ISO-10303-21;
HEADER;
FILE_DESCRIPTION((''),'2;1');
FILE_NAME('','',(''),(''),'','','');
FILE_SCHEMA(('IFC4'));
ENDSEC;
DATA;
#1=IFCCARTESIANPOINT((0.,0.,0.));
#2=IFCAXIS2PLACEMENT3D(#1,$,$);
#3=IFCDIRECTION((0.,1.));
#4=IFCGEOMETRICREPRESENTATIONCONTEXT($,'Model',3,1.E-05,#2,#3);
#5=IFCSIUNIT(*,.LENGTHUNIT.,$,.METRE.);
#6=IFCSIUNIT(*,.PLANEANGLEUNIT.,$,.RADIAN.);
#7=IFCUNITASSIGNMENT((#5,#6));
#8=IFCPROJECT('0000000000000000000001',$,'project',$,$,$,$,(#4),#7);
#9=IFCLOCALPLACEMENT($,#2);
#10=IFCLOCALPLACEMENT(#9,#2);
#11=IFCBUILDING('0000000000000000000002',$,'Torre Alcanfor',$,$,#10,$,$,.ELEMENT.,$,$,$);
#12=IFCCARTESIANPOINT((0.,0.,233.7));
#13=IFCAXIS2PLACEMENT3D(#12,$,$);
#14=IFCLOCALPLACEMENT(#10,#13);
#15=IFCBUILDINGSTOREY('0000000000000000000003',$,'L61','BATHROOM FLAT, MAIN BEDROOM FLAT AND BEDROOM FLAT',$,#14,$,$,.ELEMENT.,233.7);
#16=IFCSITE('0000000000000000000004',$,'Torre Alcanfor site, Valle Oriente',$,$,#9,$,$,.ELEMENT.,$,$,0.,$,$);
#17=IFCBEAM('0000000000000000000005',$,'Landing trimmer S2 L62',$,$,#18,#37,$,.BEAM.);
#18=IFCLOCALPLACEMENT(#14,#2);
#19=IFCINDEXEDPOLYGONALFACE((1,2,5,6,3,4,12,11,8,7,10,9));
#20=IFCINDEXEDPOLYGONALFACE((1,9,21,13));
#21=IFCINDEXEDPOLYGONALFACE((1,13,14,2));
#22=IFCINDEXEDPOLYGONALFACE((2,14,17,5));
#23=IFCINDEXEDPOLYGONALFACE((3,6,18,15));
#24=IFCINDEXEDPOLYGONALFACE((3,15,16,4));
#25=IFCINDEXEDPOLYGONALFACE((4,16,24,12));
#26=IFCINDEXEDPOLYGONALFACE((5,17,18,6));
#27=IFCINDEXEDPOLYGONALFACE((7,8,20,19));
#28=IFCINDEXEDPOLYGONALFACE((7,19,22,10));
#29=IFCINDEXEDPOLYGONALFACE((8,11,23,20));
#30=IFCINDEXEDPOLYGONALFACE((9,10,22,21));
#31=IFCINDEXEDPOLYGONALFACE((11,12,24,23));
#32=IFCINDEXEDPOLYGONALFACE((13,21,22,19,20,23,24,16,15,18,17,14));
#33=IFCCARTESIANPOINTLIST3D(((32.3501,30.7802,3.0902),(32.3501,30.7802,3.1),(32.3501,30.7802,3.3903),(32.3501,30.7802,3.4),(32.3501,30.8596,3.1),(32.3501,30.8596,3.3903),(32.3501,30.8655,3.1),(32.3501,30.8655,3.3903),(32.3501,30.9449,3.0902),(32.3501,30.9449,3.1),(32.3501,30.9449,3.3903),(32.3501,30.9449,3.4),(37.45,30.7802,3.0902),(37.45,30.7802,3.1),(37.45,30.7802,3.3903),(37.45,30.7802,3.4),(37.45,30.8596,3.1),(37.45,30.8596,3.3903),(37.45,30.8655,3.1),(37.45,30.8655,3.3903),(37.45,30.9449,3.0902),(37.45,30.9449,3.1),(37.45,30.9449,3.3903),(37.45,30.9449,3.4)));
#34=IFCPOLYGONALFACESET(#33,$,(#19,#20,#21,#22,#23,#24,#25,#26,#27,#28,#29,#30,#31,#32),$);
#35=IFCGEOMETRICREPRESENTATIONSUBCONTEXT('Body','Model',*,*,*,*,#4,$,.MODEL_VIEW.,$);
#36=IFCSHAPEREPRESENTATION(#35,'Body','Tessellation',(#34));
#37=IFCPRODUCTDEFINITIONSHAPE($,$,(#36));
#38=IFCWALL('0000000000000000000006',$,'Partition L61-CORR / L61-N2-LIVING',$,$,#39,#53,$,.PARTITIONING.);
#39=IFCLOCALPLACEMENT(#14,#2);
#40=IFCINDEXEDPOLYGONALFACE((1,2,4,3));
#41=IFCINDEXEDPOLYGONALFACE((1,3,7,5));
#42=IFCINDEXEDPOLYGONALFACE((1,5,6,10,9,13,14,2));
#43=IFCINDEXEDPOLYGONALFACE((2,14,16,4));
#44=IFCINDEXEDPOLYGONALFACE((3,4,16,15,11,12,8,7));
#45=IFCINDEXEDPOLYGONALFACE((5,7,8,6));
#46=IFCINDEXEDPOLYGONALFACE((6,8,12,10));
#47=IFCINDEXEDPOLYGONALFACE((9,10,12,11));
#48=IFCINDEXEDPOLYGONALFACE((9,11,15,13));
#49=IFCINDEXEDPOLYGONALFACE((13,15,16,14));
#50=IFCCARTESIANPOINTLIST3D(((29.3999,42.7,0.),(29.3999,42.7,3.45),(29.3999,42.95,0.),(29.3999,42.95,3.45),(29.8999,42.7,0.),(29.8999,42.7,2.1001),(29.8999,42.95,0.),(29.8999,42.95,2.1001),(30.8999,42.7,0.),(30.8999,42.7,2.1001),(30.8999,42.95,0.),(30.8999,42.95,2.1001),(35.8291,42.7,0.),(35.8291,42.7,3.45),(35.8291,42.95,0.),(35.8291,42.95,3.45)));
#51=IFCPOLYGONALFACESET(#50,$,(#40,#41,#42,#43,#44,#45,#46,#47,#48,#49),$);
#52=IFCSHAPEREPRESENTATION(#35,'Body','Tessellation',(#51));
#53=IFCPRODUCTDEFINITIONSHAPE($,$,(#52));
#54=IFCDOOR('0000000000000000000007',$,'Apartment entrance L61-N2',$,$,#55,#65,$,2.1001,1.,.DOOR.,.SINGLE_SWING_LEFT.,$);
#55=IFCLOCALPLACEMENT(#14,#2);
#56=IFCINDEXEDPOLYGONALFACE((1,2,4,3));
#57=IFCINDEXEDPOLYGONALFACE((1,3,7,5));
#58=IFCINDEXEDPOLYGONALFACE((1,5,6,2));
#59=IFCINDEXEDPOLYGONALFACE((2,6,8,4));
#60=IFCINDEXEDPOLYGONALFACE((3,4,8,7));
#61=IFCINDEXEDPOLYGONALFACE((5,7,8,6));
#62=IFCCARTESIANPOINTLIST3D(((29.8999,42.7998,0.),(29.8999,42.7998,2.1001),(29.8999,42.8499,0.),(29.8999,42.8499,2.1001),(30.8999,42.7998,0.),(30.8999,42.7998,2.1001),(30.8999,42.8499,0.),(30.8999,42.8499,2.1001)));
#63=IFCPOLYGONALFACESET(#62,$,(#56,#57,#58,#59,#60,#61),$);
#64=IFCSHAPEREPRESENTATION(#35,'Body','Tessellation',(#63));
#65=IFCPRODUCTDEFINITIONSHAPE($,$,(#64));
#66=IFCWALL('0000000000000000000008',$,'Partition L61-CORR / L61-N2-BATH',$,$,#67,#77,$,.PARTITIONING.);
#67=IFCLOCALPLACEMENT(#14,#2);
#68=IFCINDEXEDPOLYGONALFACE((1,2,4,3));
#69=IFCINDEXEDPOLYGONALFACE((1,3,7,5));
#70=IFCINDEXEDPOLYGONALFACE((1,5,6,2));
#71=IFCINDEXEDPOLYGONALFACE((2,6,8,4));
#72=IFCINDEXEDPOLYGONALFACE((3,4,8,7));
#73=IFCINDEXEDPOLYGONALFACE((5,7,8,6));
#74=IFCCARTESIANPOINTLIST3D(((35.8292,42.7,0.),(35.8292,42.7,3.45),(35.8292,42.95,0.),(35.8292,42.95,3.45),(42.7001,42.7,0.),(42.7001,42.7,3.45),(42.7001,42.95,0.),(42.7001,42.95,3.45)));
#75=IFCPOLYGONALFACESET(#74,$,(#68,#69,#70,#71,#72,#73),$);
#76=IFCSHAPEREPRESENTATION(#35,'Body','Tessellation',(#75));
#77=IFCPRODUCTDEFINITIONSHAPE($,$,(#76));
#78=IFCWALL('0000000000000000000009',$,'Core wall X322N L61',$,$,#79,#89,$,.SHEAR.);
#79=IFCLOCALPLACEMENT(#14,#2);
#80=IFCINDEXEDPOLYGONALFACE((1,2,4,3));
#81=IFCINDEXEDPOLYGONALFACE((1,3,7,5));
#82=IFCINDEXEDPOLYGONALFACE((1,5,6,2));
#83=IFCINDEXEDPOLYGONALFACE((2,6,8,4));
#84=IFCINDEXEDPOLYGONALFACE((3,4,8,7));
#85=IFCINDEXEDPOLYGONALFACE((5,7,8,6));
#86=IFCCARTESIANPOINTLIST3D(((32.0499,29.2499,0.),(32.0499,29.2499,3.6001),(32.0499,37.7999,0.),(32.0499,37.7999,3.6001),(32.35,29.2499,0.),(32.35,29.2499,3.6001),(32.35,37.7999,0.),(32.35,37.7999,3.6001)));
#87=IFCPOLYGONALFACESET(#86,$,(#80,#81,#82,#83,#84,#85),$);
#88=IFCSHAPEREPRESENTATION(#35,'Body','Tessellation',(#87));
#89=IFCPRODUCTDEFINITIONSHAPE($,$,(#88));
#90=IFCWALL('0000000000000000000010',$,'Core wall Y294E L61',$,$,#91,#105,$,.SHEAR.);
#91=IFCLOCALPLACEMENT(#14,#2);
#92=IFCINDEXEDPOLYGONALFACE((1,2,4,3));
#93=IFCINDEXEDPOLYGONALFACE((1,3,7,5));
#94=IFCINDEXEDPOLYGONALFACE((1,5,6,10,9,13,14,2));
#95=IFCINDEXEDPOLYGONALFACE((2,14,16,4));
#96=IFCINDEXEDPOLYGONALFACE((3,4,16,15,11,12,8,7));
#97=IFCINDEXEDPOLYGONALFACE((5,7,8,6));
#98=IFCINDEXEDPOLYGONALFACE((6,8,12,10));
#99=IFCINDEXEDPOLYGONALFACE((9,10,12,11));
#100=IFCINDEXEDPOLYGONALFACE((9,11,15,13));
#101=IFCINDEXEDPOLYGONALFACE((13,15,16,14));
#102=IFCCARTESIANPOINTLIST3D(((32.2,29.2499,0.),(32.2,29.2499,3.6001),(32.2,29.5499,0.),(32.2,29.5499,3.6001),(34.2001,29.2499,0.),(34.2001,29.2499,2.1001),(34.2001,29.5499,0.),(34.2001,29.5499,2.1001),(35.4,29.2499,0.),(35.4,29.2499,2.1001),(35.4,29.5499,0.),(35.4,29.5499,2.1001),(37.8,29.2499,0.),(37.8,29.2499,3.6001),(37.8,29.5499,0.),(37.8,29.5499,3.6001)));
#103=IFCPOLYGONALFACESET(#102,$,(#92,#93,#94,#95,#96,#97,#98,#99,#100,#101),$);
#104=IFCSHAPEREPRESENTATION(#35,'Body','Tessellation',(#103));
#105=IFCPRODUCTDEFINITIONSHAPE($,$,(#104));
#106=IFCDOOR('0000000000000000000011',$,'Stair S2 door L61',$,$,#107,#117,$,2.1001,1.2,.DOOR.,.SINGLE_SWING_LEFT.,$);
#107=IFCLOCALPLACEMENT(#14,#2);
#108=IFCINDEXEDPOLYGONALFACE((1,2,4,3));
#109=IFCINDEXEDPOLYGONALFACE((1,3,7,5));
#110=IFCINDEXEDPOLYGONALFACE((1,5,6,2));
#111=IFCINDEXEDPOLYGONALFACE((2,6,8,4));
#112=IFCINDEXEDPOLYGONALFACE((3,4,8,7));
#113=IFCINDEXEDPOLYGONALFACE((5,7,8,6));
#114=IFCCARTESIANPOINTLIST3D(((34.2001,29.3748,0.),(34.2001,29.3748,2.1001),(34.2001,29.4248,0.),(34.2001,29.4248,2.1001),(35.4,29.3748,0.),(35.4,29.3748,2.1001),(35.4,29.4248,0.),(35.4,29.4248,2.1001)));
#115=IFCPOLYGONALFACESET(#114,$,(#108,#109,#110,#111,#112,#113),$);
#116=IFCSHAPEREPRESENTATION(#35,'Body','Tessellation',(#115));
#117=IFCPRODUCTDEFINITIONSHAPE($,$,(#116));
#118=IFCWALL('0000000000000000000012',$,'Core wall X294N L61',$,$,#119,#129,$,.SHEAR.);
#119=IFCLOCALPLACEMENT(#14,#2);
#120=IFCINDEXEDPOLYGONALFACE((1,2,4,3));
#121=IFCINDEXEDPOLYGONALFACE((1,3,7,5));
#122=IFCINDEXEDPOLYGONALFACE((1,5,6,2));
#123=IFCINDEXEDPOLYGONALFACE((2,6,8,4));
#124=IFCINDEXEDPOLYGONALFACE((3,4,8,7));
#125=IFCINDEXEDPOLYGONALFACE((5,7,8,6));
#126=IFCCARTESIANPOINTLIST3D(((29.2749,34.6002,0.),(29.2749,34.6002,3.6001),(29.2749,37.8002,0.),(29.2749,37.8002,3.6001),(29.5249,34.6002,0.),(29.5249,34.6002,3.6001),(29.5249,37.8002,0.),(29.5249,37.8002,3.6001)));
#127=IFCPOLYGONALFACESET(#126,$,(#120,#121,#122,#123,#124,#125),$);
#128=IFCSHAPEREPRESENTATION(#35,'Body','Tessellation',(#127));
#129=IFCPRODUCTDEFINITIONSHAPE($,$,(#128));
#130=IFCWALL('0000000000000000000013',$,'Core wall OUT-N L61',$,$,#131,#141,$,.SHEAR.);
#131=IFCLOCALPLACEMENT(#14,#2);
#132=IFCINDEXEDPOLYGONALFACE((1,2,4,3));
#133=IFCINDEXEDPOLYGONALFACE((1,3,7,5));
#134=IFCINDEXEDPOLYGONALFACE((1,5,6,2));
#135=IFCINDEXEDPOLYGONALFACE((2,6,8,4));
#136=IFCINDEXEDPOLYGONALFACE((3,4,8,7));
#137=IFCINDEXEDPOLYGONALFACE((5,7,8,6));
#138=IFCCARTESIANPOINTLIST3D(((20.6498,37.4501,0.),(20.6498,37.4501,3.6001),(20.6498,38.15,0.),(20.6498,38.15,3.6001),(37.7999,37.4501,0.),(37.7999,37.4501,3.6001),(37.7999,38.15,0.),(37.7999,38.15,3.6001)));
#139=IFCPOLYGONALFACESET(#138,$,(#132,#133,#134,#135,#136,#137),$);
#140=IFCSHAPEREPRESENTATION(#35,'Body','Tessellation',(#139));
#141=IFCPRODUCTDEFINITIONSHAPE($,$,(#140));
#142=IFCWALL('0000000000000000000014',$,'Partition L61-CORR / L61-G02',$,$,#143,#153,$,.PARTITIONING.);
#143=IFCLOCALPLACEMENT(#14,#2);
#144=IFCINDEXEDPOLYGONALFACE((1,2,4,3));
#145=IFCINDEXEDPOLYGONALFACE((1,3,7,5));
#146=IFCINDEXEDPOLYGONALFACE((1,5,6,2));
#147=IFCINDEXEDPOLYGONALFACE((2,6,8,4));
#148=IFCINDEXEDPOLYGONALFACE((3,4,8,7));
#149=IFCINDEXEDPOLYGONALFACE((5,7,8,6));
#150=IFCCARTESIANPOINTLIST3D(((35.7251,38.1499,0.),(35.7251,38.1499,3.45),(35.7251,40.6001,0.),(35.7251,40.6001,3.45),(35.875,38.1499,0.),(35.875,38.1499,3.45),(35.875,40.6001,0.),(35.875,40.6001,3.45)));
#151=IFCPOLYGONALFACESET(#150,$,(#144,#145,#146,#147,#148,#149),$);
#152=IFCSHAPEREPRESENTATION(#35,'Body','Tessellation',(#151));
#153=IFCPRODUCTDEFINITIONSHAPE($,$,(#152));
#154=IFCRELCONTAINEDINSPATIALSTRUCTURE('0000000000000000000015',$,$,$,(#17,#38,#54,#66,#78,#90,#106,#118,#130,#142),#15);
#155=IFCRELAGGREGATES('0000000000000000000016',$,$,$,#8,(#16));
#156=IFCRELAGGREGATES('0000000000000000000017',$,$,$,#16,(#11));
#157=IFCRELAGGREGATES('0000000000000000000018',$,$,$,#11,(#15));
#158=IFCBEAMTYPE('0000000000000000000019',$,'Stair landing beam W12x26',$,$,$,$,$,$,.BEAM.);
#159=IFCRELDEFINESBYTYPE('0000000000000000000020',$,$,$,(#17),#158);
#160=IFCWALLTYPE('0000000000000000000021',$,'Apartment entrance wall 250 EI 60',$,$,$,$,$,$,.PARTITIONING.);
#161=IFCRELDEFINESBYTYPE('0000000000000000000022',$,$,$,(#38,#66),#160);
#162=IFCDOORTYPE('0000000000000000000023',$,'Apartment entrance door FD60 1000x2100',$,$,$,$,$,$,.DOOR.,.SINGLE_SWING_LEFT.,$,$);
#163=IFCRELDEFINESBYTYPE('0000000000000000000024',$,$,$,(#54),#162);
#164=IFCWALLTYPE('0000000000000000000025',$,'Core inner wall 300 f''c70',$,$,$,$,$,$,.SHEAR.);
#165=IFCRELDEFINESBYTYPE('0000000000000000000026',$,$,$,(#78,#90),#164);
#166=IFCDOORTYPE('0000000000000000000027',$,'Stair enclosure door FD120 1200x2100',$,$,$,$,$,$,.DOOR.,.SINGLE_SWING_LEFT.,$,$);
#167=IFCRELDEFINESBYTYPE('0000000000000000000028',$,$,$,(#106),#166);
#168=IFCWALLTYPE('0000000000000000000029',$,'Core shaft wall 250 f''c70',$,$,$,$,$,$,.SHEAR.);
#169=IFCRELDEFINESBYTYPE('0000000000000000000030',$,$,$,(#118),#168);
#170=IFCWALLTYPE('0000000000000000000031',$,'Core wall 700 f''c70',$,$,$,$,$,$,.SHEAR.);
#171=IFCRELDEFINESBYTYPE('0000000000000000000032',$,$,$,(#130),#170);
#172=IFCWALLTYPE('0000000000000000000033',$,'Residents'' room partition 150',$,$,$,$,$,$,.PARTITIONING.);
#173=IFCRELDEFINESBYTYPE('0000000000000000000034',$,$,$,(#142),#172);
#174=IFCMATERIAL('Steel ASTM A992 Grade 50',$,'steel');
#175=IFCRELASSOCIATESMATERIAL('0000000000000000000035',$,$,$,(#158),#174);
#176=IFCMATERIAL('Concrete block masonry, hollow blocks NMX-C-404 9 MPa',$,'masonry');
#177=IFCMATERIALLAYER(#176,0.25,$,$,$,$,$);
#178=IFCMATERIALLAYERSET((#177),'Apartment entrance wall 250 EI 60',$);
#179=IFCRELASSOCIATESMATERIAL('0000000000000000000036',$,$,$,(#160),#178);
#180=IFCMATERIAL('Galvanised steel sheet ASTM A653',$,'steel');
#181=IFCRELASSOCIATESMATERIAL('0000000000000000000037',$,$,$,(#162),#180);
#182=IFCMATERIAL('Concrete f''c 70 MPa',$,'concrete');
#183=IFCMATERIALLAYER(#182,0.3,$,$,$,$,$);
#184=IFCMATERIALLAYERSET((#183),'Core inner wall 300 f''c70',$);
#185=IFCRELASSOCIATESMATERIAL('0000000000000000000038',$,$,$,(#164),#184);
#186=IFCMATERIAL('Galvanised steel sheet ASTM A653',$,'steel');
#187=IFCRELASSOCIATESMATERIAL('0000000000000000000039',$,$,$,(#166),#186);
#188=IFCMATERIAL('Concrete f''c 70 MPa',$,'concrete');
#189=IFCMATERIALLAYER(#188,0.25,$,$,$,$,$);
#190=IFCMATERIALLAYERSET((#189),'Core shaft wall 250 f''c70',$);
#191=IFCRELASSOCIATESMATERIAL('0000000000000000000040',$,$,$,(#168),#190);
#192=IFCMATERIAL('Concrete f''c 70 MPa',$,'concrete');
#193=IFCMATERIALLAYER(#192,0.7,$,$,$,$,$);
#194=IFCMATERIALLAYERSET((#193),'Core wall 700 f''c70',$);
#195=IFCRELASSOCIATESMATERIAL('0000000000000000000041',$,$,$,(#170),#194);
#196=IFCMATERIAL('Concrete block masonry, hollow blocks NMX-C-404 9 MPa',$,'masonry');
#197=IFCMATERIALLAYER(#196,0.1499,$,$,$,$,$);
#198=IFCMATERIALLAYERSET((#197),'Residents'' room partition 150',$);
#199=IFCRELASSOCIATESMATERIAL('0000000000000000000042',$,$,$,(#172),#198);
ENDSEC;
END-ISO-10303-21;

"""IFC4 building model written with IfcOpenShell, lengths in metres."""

from ifc_helpers import new_model, si_unit, direction, frame, frame_2d, origin, origin_2d, place, context, subcontext, project, spatial, rectangle, i_section, extrude, material, layer, layer_set, material_profile, profile_set, type_object, element, fill, save


model = new_model("IFC4")

# Units and contexts
model_context = context("Model", 3, precision=1e-05, world=origin(), true_north=direction((0.0, 1.0)))
body_context = subcontext(model_context, "Body", "Model", "MODEL_VIEW")
ifc_project = project(units=[si_unit("LENGTHUNIT", "METRE"), si_unit("PLANEANGLEUNIT", "RADIAN")], contexts=[model_context])

# Site, building, storey
site_placement = place(None, origin())
site = spatial("IfcSite", under=ifc_project, at=site_placement, Name="Torre Alcanfor site, Valle Oriente", CompositionType="ELEMENT", RefElevation=0.0)
building_placement = place(site_placement, origin())
building = spatial("IfcBuilding", under=site, at=building_placement, Name="Torre Alcanfor", CompositionType="ELEMENT")
storey_placement = place(building_placement, frame((0.0, 0.0, 233.7)))
storey = spatial("IfcBuildingStorey", under=building, at=storey_placement, Name="L61", Description="BATHROOM FLAT, MAIN BEDROOM FLAT AND BEDROOM FLAT", CompositionType="ELEMENT", Elevation=233.7)

# Beam
ifc_material_1 = material(Name="Steel ASTM A992 Grade 50", Category="steel")
ifc_material_profile_1 = material_profile(ifc_material_1, i_section(OverallWidth=0.1648, OverallDepth=0.3098, WebThickness=0.0059, FlangeThickness=0.0098, at=origin_2d()), Name="W12x26")
ifc_profile_set_1 = profile_set([ifc_material_profile_1], Name="Steel ASTM A992 Grade 50")
beam_type_1 = type_object("IfcBeamType", Name="Stair landing beam W12x26", PredefinedType="BEAM", material=ifc_profile_set_1)
beam_1_placement = place(storey_placement, frame((32.3501, 30.8625, 3.2451), z_axis=(1.0, 0.0, 0.0), x_axis=(0.0, 1.0, 0.0)))
element("IfcBeam", 1, at=beam_1_placement, inside=storey, type_object=beam_type_1, Name="Landing trimmer S2 L62", PredefinedType="BEAM", context=body_context, shape_type="SweptSolid", body=[
    extrude(i_section(OverallWidth=0.1648, OverallDepth=0.3098, WebThickness=0.0059, FlangeThickness=0.0098, at=origin_2d()), origin(), (0.0, 0.0, 1.0), 5.0999),
])

# Wall, opening, door
ifc_material_2 = material(Name="Concrete block masonry, hollow blocks NMX-C-404 9 MPa", Category="masonry")
ifc_layer_1 = layer(ifc_material_2, 0.25)
ifc_layer_set_1 = layer_set([ifc_layer_1], Name="Apartment entrance wall 250 EI 60")
wall_type_1 = type_object("IfcWallType", Name="Apartment entrance wall 250 EI 60", PredefinedType="PARTITIONING", material=ifc_layer_set_1)
wall_1_placement = place(storey_placement, frame((29.3999, 42.825, 0.0), z_axis=(0.0, 0.0, 1.0), x_axis=(1.0, 0.0, 0.0)))
wall_1 = element("IfcWall", 2, at=wall_1_placement, inside=storey, type_object=wall_type_1, Name="Partition L61-CORR / L61-N2-LIVING", PredefinedType="PARTITIONING", context=body_context, shape_type="SweptSolid", body=[
    extrude(rectangle(XDim=6.4292, YDim=0.25, at=frame_2d((3.2146, 0.0))), origin(), (0.0, 0.0, 1.0), 3.45),
])
opening_1_placement = place(wall_1_placement, frame((0.5, 0.0, 0.0)))
opening_1 = element("IfcOpeningElement", 3, at=opening_1_placement, cuts=wall_1, PredefinedType="OPENING", context=body_context, shape_type="SweptSolid", body=[
    extrude(rectangle(XDim=1.0, YDim=2.1001, at=frame_2d((0.5, 1.05))), frame((0.0, 0.135, 0.0), z_axis=(0.0, -1.0, 0.0), x_axis=(1.0, 0.0, 0.0)), (0.0, 0.0, 1.0), 0.27),
])
ifc_material_3 = material(Name="Galvanised steel sheet ASTM A653", Category="steel")
door_type_1 = type_object("IfcDoorType", Name="Apartment entrance door FD60 1000x2100", OperationType="SINGLE_SWING_LEFT", PredefinedType="DOOR", material=ifc_material_3)
door_1_placement = place(opening_1_placement, origin())
door_1 = element("IfcDoor", 4, at=door_1_placement, inside=storey, type_object=door_type_1, Name="Apartment entrance L61-N2", OperationType="SINGLE_SWING_LEFT", OverallHeight=2.1001, OverallWidth=1.0, PredefinedType="DOOR", context=body_context, shape_type="SweptSolid", body=[
    extrude(rectangle(XDim=1.0, YDim=2.1001, at=frame_2d((0.5, 1.05))), frame((0.0, 0.0249, 0.0), z_axis=(0.0, -1.0, 0.0), x_axis=(1.0, 0.0, 0.0)), (0.0, 0.0, 1.0), 0.05),
])
fill(opening_1, door_1)

# Walls
wall_2_placement = place(storey_placement, frame((35.8291, 42.825, 0.0), z_axis=(0.0, 0.0, 1.0), x_axis=(1.0, 0.0, 0.0)))
element("IfcWall", 5, at=wall_2_placement, inside=storey, type_object=wall_type_1, Name="Partition L61-CORR / L61-N2-BATH", PredefinedType="PARTITIONING", context=body_context, shape_type="SweptSolid", body=[
    extrude(rectangle(XDim=6.8708, YDim=0.25, at=frame_2d((3.4355, 0.0))), origin(), (0.0, 0.0, 1.0), 3.45),
])
ifc_material_4 = material(Name="Concrete f'c 70 MPa", Category="concrete")
ifc_layer_2 = layer(ifc_material_4, 0.3)
ifc_layer_set_2 = layer_set([ifc_layer_2], Name="Core inner wall 300 f'c70")
wall_type_2 = type_object("IfcWallType", Name="Core inner wall 300 f'c70", PredefinedType="SHEAR", material=ifc_layer_set_2)
wall_3_placement = place(storey_placement, frame((32.2, 29.25, 0.0), z_axis=(0.0, 0.0, 1.0), x_axis=(0.0, 1.0, 0.0)))
element("IfcWall", 6, at=wall_3_placement, inside=storey, type_object=wall_type_2, Name="Core wall X322N L61", PredefinedType="SHEAR", context=body_context, shape_type="SweptSolid", body=[
    extrude(rectangle(XDim=8.55, YDim=0.3, at=frame_2d((4.2749, 0.0))), origin(), (0.0, 0.0, 1.0), 3.6001),
])

# Wall, opening, door
wall_4_placement = place(storey_placement, frame((32.2, 29.3999, 0.0), z_axis=(0.0, 0.0, 1.0), x_axis=(1.0, 0.0, 0.0)))
wall_4 = element("IfcWall", 7, at=wall_4_placement, inside=storey, type_object=wall_type_2, Name="Core wall Y294E L61", PredefinedType="SHEAR", context=body_context, shape_type="SweptSolid", body=[
    extrude(rectangle(XDim=5.6001, YDim=0.3, at=frame_2d((2.8, 0.0))), origin(), (0.0, 0.0, 1.0), 3.6001),
])
opening_2_placement = place(wall_4_placement, frame((2.0, 0.0, 0.0)))
opening_2 = element("IfcOpeningElement", 8, at=opening_2_placement, cuts=wall_4, PredefinedType="OPENING", context=body_context, shape_type="SweptSolid", body=[
    extrude(rectangle(XDim=1.2, YDim=2.1001, at=frame_2d((0.6001, 1.05))), frame((0.0, 0.1599, 0.0), z_axis=(0.0, -1.0, 0.0), x_axis=(1.0, 0.0, 0.0)), (0.0, 0.0, 1.0), 0.3201),
])
ifc_material_5 = material(Name="Galvanised steel sheet ASTM A653", Category="steel")
door_type_2 = type_object("IfcDoorType", Name="Stair enclosure door FD120 1200x2100", OperationType="SINGLE_SWING_LEFT", PredefinedType="DOOR", material=ifc_material_5)
door_2_placement = place(opening_2_placement, origin())
door_2 = element("IfcDoor", 9, at=door_2_placement, inside=storey, type_object=door_type_2, Name="Stair S2 door L61", OperationType="SINGLE_SWING_LEFT", OverallHeight=2.1001, OverallWidth=1.2, PredefinedType="DOOR", context=body_context, shape_type="SweptSolid", body=[
    extrude(rectangle(XDim=1.2, YDim=2.1001, at=frame_2d((0.6001, 1.05))), frame((0.0, 0.0249, 0.0), z_axis=(0.0, -1.0, 0.0), x_axis=(1.0, 0.0, 0.0)), (0.0, 0.0, 1.0), 0.05),
])
fill(opening_2, door_2)

# Walls
ifc_material_6 = material(Name="Concrete f'c 70 MPa", Category="concrete")
ifc_layer_3 = layer(ifc_material_6, 0.25)
ifc_layer_set_3 = layer_set([ifc_layer_3], Name="Core shaft wall 250 f'c70")
wall_type_3 = type_object("IfcWallType", Name="Core shaft wall 250 f'c70", PredefinedType="SHEAR", material=ifc_layer_set_3)
wall_5_placement = place(storey_placement, frame((29.3999, 34.6001, 0.0), z_axis=(0.0, 0.0, 1.0), x_axis=(0.0, 1.0, 0.0)))
element("IfcWall", 10, at=wall_5_placement, inside=storey, type_object=wall_type_3, Name="Core wall X294N L61", PredefinedType="SHEAR", context=body_context, shape_type="SweptSolid", body=[
    extrude(rectangle(XDim=3.2, YDim=0.25, at=frame_2d((1.6001, 0.0))), origin(), (0.0, 0.0, 1.0), 3.6001),
])
ifc_material_7 = material(Name="Concrete f'c 70 MPa", Category="concrete")
ifc_layer_4 = layer(ifc_material_7, 0.7)
ifc_layer_set_4 = layer_set([ifc_layer_4], Name="Core wall 700 f'c70")
wall_type_4 = type_object("IfcWallType", Name="Core wall 700 f'c70", PredefinedType="SHEAR", material=ifc_layer_set_4)
wall_6_placement = place(storey_placement, frame((37.8, 37.8, 0.0), z_axis=(0.0, 0.0, 1.0), x_axis=(-1.0, 0.0, 0.0)))
element("IfcWall", 11, at=wall_6_placement, inside=storey, type_object=wall_type_4, Name="Core wall OUT-N L61", PredefinedType="SHEAR", context=body_context, shape_type="SweptSolid", body=[
    extrude(rectangle(XDim=17.1501, YDim=0.7, at=frame_2d((8.5752, 0.0))), origin(), (0.0, 0.0, 1.0), 3.6001),
])
ifc_material_8 = material(Name="Concrete block masonry, hollow blocks NMX-C-404 9 MPa", Category="masonry")
ifc_layer_5 = layer(ifc_material_8, 0.1499)
ifc_layer_set_5 = layer_set([ifc_layer_5], Name="Residents' room partition 150")
wall_type_5 = type_object("IfcWallType", Name="Residents' room partition 150", PredefinedType="PARTITIONING", material=ifc_layer_set_5)
wall_7_placement = place(storey_placement, frame((35.8, 40.6001, 0.0), z_axis=(0.0, 0.0, 1.0), x_axis=(0.0, -1.0, 0.0)))
element("IfcWall", 12, at=wall_7_placement, inside=storey, type_object=wall_type_5, Name="Partition L61-CORR / L61-G02", PredefinedType="PARTITIONING", context=body_context, shape_type="SweptSolid", body=[
    extrude(rectangle(XDim=2.4502, YDim=0.1499, at=frame_2d((1.2251, 0.0))), origin(), (0.0, 0.0, 1.0), 3.45),
])

save(model, "model.ifc")
